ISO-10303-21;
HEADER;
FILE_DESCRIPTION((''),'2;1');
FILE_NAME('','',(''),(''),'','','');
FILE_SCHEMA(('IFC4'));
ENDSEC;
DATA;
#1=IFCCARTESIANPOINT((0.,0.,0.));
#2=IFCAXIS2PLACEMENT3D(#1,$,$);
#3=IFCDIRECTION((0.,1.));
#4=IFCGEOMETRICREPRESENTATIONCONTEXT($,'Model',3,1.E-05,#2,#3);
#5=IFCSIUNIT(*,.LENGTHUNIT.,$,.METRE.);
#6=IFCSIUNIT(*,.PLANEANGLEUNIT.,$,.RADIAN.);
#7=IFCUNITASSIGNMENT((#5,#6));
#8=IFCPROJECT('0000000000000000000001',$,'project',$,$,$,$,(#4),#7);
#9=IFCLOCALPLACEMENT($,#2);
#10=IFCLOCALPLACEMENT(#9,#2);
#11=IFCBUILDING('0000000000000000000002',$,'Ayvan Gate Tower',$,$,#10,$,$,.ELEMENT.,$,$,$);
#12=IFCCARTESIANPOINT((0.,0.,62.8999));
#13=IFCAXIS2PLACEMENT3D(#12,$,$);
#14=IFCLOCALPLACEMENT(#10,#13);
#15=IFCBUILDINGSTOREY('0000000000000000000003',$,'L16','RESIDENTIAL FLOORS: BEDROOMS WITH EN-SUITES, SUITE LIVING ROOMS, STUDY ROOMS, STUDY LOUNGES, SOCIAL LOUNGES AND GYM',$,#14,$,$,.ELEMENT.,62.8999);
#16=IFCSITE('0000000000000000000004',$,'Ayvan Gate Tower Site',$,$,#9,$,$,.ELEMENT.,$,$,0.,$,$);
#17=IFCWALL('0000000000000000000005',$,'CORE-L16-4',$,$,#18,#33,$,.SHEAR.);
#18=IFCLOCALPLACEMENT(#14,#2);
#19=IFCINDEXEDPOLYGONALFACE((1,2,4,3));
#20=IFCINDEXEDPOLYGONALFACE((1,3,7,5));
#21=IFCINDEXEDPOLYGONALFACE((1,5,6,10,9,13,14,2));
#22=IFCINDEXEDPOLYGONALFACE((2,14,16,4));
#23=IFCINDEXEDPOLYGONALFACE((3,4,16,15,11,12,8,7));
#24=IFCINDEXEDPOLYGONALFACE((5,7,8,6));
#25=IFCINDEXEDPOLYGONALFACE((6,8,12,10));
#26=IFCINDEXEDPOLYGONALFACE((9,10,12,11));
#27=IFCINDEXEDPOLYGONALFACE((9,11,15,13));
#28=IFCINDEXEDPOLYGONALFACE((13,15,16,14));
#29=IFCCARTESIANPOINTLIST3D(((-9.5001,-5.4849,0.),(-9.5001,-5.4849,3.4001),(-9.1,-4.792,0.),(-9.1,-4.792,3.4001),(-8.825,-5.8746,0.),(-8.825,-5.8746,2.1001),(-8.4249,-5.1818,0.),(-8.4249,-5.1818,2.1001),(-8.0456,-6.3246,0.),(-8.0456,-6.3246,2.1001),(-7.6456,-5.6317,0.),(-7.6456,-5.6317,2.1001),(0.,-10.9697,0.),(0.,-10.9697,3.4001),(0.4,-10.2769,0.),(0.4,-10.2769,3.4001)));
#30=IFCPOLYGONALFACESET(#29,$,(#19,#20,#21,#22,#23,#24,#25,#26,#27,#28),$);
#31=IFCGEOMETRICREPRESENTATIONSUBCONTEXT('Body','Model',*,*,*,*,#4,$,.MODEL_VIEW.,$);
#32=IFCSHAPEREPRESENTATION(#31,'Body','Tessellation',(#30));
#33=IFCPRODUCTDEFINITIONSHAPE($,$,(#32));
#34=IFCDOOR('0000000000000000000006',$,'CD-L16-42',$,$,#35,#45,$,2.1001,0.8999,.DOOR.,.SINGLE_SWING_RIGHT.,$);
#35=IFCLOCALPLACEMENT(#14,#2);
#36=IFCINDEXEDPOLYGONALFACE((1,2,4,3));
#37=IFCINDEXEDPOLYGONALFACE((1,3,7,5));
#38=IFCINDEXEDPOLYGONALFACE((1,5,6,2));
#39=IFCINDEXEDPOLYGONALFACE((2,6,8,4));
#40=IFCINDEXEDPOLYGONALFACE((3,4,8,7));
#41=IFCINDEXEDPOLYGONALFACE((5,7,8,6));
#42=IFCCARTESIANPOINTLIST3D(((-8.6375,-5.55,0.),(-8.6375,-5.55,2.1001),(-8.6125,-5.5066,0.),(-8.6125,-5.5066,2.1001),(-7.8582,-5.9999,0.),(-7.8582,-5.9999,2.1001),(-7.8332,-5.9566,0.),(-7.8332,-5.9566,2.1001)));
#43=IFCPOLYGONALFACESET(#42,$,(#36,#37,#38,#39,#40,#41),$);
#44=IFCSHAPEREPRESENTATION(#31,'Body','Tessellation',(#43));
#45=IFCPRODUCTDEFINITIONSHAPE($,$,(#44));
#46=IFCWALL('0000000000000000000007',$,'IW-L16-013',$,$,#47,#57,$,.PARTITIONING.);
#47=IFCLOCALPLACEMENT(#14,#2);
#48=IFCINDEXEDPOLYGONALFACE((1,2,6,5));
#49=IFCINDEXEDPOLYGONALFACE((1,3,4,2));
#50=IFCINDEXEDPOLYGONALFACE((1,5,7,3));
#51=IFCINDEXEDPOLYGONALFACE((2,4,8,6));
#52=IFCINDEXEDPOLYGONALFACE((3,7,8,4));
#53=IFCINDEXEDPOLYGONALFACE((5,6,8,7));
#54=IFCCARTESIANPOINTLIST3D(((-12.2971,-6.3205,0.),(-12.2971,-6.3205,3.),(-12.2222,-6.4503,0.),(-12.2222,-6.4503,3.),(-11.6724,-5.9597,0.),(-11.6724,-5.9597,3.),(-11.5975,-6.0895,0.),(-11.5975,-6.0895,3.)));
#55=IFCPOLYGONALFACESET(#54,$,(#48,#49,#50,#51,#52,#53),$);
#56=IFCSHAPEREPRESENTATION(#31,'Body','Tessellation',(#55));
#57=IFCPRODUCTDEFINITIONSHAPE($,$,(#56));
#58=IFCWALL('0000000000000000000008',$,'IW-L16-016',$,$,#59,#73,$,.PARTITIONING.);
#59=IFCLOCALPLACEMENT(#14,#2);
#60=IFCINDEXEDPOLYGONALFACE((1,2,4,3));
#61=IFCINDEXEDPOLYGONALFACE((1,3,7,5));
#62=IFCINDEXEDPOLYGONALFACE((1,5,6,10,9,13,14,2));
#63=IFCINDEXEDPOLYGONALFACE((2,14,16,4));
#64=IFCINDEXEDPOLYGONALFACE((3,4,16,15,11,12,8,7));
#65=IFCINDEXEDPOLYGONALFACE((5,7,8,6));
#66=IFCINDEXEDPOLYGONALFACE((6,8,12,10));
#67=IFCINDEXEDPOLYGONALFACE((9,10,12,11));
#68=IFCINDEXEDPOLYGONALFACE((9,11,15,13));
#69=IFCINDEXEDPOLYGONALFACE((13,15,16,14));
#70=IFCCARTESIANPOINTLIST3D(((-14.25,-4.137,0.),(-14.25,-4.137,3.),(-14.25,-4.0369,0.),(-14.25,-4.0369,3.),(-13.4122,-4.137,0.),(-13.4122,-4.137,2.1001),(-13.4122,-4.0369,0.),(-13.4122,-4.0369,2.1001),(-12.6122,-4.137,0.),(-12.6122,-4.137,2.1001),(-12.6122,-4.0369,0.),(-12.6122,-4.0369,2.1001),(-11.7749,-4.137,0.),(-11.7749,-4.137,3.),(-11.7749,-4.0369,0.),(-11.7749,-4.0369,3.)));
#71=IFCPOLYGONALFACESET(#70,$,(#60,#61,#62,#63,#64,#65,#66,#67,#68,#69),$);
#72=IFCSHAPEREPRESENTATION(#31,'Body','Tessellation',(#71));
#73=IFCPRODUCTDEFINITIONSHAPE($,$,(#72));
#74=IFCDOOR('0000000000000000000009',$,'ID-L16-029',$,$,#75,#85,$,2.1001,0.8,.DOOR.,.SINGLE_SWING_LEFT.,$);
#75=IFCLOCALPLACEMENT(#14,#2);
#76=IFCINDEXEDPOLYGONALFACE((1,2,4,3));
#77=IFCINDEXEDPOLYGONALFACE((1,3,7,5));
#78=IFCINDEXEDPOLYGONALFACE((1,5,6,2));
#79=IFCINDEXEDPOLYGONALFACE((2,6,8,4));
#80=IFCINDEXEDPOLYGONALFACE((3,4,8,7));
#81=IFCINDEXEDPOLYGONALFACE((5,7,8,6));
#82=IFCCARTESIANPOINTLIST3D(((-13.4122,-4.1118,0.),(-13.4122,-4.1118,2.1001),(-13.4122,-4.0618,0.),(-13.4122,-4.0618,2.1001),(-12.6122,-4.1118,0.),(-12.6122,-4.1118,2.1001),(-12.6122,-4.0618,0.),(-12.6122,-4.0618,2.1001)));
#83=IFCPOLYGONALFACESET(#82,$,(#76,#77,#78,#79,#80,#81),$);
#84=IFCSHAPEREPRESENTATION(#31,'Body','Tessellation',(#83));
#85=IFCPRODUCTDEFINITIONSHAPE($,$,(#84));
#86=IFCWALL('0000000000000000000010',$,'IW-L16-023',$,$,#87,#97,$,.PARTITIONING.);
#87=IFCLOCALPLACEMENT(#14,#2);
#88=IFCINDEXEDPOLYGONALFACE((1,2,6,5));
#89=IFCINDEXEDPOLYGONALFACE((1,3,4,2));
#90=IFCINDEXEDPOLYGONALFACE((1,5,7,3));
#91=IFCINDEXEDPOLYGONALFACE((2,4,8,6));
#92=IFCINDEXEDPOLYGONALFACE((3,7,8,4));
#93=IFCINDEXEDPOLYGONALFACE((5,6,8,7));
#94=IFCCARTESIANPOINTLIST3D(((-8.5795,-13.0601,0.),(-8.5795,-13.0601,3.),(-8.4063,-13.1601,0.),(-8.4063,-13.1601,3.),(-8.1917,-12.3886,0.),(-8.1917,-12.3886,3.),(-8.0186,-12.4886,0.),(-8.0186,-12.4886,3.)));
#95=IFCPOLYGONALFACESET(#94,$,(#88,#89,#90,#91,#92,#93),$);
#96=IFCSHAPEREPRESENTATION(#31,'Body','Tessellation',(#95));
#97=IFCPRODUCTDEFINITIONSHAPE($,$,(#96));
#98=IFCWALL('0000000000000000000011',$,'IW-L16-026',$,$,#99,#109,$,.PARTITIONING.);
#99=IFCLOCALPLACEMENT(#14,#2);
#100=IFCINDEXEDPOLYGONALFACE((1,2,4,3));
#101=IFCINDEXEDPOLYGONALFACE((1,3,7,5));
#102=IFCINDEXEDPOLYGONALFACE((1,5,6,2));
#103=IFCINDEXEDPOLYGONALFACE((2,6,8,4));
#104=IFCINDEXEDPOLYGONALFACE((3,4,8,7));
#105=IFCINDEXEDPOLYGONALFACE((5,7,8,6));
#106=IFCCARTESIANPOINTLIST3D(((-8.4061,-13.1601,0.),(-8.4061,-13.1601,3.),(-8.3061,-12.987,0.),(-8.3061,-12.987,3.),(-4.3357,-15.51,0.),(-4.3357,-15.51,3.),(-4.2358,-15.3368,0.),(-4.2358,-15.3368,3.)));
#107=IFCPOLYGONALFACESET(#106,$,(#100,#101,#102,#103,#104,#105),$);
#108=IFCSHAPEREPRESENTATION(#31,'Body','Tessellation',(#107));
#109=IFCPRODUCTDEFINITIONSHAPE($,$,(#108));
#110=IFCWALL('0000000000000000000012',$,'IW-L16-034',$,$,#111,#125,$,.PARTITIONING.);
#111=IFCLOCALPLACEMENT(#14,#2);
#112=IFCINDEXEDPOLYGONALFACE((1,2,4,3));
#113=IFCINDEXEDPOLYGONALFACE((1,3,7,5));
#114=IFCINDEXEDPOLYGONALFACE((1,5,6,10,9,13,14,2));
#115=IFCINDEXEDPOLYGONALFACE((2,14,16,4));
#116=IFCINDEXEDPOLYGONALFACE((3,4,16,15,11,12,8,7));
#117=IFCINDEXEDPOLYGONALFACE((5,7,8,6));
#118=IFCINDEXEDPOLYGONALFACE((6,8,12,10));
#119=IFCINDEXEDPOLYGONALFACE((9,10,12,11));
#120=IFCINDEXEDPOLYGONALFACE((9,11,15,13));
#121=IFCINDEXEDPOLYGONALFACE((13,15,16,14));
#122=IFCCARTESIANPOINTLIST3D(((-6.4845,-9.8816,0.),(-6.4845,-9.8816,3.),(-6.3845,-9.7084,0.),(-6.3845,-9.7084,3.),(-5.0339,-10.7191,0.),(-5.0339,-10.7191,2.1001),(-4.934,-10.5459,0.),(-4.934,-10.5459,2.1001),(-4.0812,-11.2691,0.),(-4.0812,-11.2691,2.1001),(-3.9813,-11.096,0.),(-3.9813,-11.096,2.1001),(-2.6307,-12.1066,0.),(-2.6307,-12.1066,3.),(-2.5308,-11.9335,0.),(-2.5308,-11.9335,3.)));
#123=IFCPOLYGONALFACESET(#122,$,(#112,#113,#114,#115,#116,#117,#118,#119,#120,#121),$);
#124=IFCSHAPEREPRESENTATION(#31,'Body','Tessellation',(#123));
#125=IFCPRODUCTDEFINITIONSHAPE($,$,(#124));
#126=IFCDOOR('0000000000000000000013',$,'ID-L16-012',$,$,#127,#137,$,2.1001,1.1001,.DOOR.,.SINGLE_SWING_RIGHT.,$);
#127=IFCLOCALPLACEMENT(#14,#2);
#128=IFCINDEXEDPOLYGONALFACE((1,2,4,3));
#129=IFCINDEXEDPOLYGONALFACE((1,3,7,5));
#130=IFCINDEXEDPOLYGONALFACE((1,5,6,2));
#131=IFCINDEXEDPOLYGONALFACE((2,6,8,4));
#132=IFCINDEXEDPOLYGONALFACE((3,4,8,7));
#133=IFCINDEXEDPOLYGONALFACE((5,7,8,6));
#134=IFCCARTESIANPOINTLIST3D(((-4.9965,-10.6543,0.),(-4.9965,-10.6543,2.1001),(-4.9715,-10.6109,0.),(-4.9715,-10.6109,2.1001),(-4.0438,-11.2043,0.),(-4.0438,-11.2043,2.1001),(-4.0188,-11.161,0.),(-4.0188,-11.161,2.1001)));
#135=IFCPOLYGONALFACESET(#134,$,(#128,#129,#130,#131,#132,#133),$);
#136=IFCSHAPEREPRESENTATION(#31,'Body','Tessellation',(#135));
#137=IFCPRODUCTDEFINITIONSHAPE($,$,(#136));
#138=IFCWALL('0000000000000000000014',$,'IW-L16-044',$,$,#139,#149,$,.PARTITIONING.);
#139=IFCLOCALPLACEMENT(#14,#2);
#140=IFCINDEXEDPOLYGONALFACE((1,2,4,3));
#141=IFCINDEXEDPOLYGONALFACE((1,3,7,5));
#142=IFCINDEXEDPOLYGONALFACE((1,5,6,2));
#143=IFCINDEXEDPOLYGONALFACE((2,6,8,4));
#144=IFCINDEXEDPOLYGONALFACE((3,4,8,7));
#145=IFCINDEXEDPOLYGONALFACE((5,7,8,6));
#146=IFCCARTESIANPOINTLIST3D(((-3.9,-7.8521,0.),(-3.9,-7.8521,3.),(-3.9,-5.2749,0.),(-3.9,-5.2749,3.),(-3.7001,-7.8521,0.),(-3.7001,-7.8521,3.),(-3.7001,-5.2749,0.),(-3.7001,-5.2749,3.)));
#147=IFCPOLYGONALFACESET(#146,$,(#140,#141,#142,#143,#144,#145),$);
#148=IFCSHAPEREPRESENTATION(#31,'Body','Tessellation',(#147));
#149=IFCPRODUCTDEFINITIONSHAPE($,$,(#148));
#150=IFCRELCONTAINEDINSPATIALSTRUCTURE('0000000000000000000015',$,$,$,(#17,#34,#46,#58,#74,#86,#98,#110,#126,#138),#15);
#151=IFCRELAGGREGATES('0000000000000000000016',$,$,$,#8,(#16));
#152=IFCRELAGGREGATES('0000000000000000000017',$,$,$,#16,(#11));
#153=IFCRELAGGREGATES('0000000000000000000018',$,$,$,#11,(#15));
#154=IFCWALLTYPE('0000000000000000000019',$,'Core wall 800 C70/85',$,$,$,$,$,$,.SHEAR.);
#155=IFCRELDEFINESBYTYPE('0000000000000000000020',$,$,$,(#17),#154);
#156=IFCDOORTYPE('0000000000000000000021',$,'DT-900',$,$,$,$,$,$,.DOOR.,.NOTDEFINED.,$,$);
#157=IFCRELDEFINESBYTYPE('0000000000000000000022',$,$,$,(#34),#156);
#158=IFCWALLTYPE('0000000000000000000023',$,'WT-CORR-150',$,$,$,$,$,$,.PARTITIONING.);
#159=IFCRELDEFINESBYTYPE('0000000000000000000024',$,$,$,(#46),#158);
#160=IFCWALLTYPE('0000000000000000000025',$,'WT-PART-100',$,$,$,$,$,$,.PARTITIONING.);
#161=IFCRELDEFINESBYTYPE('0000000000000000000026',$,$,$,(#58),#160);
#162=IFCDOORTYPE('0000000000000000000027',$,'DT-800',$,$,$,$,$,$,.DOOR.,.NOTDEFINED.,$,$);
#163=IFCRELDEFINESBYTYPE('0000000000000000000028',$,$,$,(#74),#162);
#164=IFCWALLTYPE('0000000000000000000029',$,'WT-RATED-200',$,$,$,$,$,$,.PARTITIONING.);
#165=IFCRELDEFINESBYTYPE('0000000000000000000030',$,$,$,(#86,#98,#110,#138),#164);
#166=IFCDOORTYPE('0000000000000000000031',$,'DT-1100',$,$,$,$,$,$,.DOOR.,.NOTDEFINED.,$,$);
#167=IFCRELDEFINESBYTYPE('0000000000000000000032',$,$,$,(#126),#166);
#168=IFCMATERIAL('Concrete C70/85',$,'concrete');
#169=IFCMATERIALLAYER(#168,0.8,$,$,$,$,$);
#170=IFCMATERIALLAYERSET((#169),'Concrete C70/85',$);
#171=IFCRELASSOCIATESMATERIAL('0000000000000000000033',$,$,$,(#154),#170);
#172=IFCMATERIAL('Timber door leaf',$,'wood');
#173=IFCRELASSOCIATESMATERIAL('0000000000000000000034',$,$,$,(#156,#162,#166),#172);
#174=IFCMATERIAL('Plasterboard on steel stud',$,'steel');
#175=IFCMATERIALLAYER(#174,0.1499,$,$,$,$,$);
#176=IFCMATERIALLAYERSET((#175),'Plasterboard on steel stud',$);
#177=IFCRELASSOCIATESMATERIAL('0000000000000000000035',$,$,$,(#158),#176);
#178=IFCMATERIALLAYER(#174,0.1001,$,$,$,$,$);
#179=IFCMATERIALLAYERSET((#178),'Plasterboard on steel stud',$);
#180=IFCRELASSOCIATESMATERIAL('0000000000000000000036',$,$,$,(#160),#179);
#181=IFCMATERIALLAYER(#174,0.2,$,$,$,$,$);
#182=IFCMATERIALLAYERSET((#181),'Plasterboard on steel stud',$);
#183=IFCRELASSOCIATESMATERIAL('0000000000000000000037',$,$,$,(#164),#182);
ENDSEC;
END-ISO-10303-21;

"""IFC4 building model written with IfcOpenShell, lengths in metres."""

from ifc_helpers import new_model, si_unit, direction, frame, frame_2d, origin, place, context, subcontext, project, spatial, rectangle, extrude, material, layer, layer_set, type_object, element, fill, save


model = new_model("IFC4")

# Units and contexts
model_context = context("Model", 3, precision=1e-05, world=origin(), true_north=direction((0.0, 1.0)))
body_context = subcontext(model_context, "Body", "Model", "MODEL_VIEW")
ifc_project = project(units=[si_unit("LENGTHUNIT", "METRE"), si_unit("PLANEANGLEUNIT", "RADIAN")], contexts=[model_context])

# Site, building, storey
site_placement = place(None, origin())
site = spatial("IfcSite", under=ifc_project, at=site_placement, Name="Ayvan Gate Tower Site", CompositionType="ELEMENT", RefElevation=0.0)
building_placement = place(site_placement, origin())
building = spatial("IfcBuilding", under=site, at=building_placement, Name="Ayvan Gate Tower", CompositionType="ELEMENT")
storey_placement = place(building_placement, frame((0.0, 0.0, 62.8999)))
storey = spatial("IfcBuildingStorey", under=building, at=storey_placement, Name="L16", Description="RESIDENTIAL FLOORS: BEDROOMS WITH EN-SUITES, SUITE LIVING ROOMS, STUDY ROOMS, STUDY LOUNGES, SOCIAL LOUNGES AND GYM", CompositionType="ELEMENT", Elevation=62.8999)

# Wall, opening, door
ifc_material_1 = material(Name="Concrete C70/85", Category="concrete")
ifc_layer_1 = layer(ifc_material_1, 0.8)
ifc_layer_set_1 = layer_set([ifc_layer_1], Name="Concrete C70/85")
wall_type_1 = type_object("IfcWallType", Name="Core wall 800 C70/85", PredefinedType="SHEAR", material=ifc_layer_set_1)
wall_1_placement = place(storey_placement, frame((-9.3, -5.1384, 0.0), z_axis=(0.0, 0.0, 1.0), x_axis=(0.866024, -0.500002, 0.0)))
wall_1 = element("IfcWall", 1, at=wall_1_placement, inside=storey, type_object=wall_type_1, Name="CORE-L16-4", PredefinedType="SHEAR", context=body_context, shape_type="SweptSolid", body=[
    extrude(rectangle(XDim=10.9697, YDim=0.8, at=frame_2d((5.4849, 0.0))), origin(), (0.0, 0.0, 1.0), 3.4001),
])
opening_1_placement = place(wall_1_placement, frame((0.7795, 0.0, 0.0)))
opening_1 = element("IfcOpeningElement", 2, at=opening_1_placement, cuts=wall_1, PredefinedType="OPENING", context=body_context, shape_type="SweptSolid", body=[
    extrude(rectangle(XDim=0.8999, YDim=2.1001, at=frame_2d((0.45, 1.05))), frame((0.0, 0.4099, 0.0), z_axis=(0.0, -1.0, 0.0), x_axis=(1.0, 0.0, 0.0)), (0.0, 0.0, 1.0), 0.8201),
])
ifc_material_2 = material(Name="Timber door leaf", Category="wood")
door_type_1 = type_object("IfcDoorType", Name="DT-900", OperationType="NOTDEFINED", PredefinedType="DOOR", material=ifc_material_2)
door_1_placement = place(opening_1_placement, origin())
door_1 = element("IfcDoor", 3, at=door_1_placement, inside=storey, type_object=door_type_1, Name="CD-L16-42", OperationType="SINGLE_SWING_RIGHT", OverallHeight=2.1001, OverallWidth=0.8999, PredefinedType="DOOR", context=body_context, shape_type="SweptSolid", body=[
    extrude(rectangle(XDim=0.8999, YDim=2.1001, at=frame_2d((0.45, 1.05))), frame((0.0, 0.0249, 0.0), z_axis=(0.0, -1.0, 0.0), x_axis=(1.0, 0.0, 0.0)), (0.0, 0.0, 1.0), 0.05),
])
fill(opening_1, door_1)

# Wall
ifc_material_3 = material(Name="Plasterboard on steel stud", Category="steel")
ifc_layer_2 = layer(ifc_material_3, 0.1499)
ifc_layer_set_2 = layer_set([ifc_layer_2], Name="Plasterboard on steel stud")
wall_type_2 = type_object("IfcWallType", Name="WT-CORR-150", PredefinedType="PARTITIONING", material=ifc_layer_set_2)
wall_2_placement = place(storey_placement, frame((-12.2598, -6.3855, 0.0), z_axis=(0.0, 0.0, 1.0), x_axis=(0.865943, 0.500142, 0.0)))
element("IfcWall", 4, at=wall_2_placement, inside=storey, type_object=wall_type_2, Name="IW-L16-013", PredefinedType="PARTITIONING", context=body_context, shape_type="SweptSolid", body=[
    extrude(rectangle(XDim=0.7214, YDim=0.1499, at=frame_2d((0.3608, 0.0))), origin(), (0.0, 0.0, 1.0), 3.0),
])

# Wall, opening, door
ifc_layer_3 = layer(ifc_material_3, 0.1001)
ifc_layer_set_3 = layer_set([ifc_layer_3], Name="Plasterboard on steel stud")
wall_type_3 = type_object("IfcWallType", Name="WT-PART-100", PredefinedType="PARTITIONING", material=ifc_layer_set_3)
wall_3_placement = place(storey_placement, frame((-11.7749, -4.0869, 0.0), z_axis=(0.0, 0.0, 1.0), x_axis=(-1.0, 0.0, 0.0)))
wall_3 = element("IfcWall", 5, at=wall_3_placement, inside=storey, type_object=wall_type_3, Name="IW-L16-016", PredefinedType="PARTITIONING", context=body_context, shape_type="SweptSolid", body=[
    extrude(rectangle(XDim=2.4751, YDim=0.1001, at=frame_2d((1.2375, 0.0))), origin(), (0.0, 0.0, 1.0), 3.0),
])
opening_2_placement = place(wall_3_placement, frame((0.8374, 0.0, 0.0)))
opening_2 = element("IfcOpeningElement", 6, at=opening_2_placement, cuts=wall_3, PredefinedType="OPENING", context=body_context, shape_type="SweptSolid", body=[
    extrude(rectangle(XDim=0.8, YDim=2.1001, at=frame_2d((0.3999, 1.05))), frame((0.0, 0.0601, 0.0), z_axis=(0.0, -1.0, 0.0), x_axis=(1.0, 0.0, 0.0)), (0.0, 0.0, 1.0), 0.1201),
])
door_type_2 = type_object("IfcDoorType", Name="DT-800", OperationType="NOTDEFINED", PredefinedType="DOOR", material=ifc_material_2)
door_2_placement = place(opening_2_placement, origin())
door_2 = element("IfcDoor", 7, at=door_2_placement, inside=storey, type_object=door_type_2, Name="ID-L16-029", OperationType="SINGLE_SWING_LEFT", OverallHeight=2.1001, OverallWidth=0.8, PredefinedType="DOOR", context=body_context, shape_type="SweptSolid", body=[
    extrude(rectangle(XDim=0.8, YDim=2.1001, at=frame_2d((0.3999, 1.05))), frame((0.0, 0.0249, 0.0), z_axis=(0.0, -1.0, 0.0), x_axis=(1.0, 0.0, 0.0)), (0.0, 0.0, 1.0), 0.05),
])
fill(opening_2, door_2)

# Walls
ifc_layer_4 = layer(ifc_material_3, 0.2)
ifc_layer_set_4 = layer_set([ifc_layer_4], Name="Plasterboard on steel stud")
wall_type_4 = type_object("IfcWallType", Name="WT-RATED-200", PredefinedType="PARTITIONING", material=ifc_layer_set_4)
wall_4_placement = place(storey_placement, frame((-8.4929, -13.1101, 0.0), z_axis=(0.0, 0.0, 1.0), x_axis=(0.500068, 0.865986, 0.0)))
element("IfcWall", 8, at=wall_4_placement, inside=storey, type_object=wall_type_4, Name="IW-L16-023", PredefinedType="PARTITIONING", context=body_context, shape_type="SweptSolid", body=[
    extrude(rectangle(XDim=0.7754, YDim=0.2, at=frame_2d((0.3877, 0.0))), origin(), (0.0, 0.0, 1.0), 3.0),
])
wall_5_placement = place(storey_placement, frame((-8.3562, -13.0735, 0.0), z_axis=(0.0, 0.0, 1.0), x_axis=(0.866039, -0.499977, 0.0)))
element("IfcWall", 9, at=wall_5_placement, inside=storey, type_object=wall_type_4, Name="IW-L16-026", PredefinedType="PARTITIONING", context=body_context, shape_type="SweptSolid", body=[
    extrude(rectangle(XDim=4.7, YDim=0.2, at=frame_2d((2.3501, 0.0))), origin(), (0.0, 0.0, 1.0), 3.0),
])

# Wall, opening, door
wall_6_placement = place(storey_placement, frame((-6.4346, -9.7949, 0.0), z_axis=(0.0, 0.0, 1.0), x_axis=(0.866013, -0.500022, 0.0)))
wall_6 = element("IfcWall", 10, at=wall_6_placement, inside=storey, type_object=wall_type_4, Name="IW-L16-034", PredefinedType="PARTITIONING", context=body_context, shape_type="SweptSolid", body=[
    extrude(rectangle(XDim=4.45, YDim=0.2, at=frame_2d((2.2251, 0.0))), origin(), (0.0, 0.0, 1.0), 3.0),
])
opening_3_placement = place(wall_6_placement, frame((1.675, 0.0, 0.0)))
opening_3 = element("IfcOpeningElement", 11, at=opening_3_placement, cuts=wall_6, PredefinedType="OPENING", context=body_context, shape_type="SweptSolid", body=[
    extrude(rectangle(XDim=1.1001, YDim=2.1001, at=frame_2d((0.55, 1.05))), frame((0.0, 0.1099, 0.0), z_axis=(0.0, -1.0, 0.0), x_axis=(1.0, 0.0, 0.0)), (0.0, 0.0, 1.0), 0.22),
])
door_type_3 = type_object("IfcDoorType", Name="DT-1100", OperationType="NOTDEFINED", PredefinedType="DOOR", material=ifc_material_2)
door_3_placement = place(opening_3_placement, origin())
door_3 = element("IfcDoor", 12, at=door_3_placement, inside=storey, type_object=door_type_3, Name="ID-L16-012", OperationType="SINGLE_SWING_RIGHT", OverallHeight=2.1001, OverallWidth=1.1001, PredefinedType="DOOR", context=body_context, shape_type="SweptSolid", body=[
    extrude(rectangle(XDim=1.1001, YDim=2.1001, at=frame_2d((0.55, 1.05))), frame((0.0, 0.0249, 0.0), z_axis=(0.0, -1.0, 0.0), x_axis=(1.0, 0.0, 0.0)), (0.0, 0.0, 1.0), 0.05),
])
fill(opening_3, door_3)

# Wall
wall_7_placement = place(storey_placement, frame((-3.8, -5.2749, 0.0), z_axis=(0.0, 0.0, 1.0), x_axis=(0.0, -1.0, 0.0)))
element("IfcWall", 13, at=wall_7_placement, inside=storey, type_object=wall_type_4, Name="IW-L16-044", PredefinedType="PARTITIONING", context=body_context, shape_type="SweptSolid", body=[
    extrude(rectangle(XDim=2.5771, YDim=0.2, at=frame_2d((1.2886, 0.0))), origin(), (0.0, 0.0, 1.0), 3.0),
])

save(model, "model.ifc")
